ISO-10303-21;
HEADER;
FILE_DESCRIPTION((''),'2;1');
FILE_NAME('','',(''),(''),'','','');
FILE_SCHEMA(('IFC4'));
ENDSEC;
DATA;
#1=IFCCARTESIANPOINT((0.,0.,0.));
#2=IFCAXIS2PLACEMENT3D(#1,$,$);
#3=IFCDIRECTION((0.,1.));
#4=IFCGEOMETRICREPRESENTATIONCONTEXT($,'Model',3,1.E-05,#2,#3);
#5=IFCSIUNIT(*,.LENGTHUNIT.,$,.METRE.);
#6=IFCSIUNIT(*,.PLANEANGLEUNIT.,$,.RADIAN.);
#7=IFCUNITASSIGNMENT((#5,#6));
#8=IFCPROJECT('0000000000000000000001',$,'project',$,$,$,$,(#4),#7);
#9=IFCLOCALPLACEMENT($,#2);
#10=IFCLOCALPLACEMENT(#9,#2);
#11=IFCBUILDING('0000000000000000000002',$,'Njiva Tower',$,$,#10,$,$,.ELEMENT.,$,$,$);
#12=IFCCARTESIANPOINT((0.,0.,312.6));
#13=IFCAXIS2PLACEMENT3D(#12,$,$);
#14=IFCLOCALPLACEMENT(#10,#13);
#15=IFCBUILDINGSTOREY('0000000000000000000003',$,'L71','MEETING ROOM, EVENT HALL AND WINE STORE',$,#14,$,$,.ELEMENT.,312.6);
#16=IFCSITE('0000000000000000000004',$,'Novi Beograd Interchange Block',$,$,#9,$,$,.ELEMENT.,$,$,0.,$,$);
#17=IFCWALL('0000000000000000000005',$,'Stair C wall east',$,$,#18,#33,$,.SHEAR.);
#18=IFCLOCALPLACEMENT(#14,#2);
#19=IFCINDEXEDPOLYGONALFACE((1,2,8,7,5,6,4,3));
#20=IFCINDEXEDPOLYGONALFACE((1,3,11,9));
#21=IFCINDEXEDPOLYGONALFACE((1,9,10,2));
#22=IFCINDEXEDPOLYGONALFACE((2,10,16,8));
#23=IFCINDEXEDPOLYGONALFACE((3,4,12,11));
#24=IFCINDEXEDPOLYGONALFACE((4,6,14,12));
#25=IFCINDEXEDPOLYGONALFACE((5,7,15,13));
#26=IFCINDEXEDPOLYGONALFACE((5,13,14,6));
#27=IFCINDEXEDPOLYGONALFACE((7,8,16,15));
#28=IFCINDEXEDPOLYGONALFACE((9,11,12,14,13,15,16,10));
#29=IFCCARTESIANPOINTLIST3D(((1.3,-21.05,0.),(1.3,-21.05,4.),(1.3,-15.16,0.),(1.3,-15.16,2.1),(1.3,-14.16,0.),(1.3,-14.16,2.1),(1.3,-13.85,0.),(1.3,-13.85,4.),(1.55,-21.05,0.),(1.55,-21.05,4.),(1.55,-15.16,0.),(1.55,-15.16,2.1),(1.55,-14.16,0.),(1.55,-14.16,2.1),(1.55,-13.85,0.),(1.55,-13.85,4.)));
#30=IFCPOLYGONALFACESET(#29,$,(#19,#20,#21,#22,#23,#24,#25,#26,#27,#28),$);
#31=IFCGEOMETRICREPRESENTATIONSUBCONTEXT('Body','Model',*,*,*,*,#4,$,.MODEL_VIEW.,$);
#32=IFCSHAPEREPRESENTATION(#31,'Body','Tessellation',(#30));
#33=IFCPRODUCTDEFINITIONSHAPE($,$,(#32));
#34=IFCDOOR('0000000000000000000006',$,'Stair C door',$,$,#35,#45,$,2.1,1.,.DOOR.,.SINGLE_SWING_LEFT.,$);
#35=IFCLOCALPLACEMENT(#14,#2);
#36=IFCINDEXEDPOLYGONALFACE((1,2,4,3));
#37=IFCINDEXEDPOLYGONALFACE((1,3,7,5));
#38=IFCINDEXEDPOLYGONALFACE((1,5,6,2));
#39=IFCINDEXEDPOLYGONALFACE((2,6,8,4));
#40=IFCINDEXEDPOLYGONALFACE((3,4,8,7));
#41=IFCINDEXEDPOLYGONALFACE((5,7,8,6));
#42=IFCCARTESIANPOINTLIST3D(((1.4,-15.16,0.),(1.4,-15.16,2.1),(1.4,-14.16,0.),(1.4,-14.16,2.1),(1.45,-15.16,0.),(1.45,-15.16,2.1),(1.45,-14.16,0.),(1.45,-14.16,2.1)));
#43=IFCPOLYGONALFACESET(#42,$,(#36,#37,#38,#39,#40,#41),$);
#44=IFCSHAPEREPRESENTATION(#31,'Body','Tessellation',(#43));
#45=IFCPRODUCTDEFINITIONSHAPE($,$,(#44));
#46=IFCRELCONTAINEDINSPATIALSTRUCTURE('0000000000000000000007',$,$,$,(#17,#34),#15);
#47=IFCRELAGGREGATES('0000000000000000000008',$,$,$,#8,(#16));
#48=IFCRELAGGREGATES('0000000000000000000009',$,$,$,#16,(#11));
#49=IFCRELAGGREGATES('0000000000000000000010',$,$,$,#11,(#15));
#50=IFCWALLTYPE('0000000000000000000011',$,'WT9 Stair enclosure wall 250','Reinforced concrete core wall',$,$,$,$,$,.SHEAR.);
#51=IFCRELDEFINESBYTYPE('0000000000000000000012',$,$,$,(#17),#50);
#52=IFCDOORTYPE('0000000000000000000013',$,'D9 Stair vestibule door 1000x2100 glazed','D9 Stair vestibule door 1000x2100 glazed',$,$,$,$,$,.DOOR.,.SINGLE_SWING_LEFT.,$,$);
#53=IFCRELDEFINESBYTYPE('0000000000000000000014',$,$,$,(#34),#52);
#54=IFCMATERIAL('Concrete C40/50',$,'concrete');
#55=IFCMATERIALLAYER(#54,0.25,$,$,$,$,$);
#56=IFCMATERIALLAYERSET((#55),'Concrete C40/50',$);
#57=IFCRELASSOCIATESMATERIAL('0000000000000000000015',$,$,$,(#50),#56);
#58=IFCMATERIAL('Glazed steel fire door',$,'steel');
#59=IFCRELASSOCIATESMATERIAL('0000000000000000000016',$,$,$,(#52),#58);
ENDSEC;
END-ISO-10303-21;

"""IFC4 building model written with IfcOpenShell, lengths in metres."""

from ifc_helpers import new_model, si_unit, direction, frame, frame_2d, origin, place, context, subcontext, project, spatial, rectangle, extrude, material, layer, layer_set, type_object, element, fill, save


model = new_model("IFC4")

# Units and contexts
model_context = context("Model", 3, precision=1e-05, world=origin(), true_north=direction((0.0, 1.0)))
body_context = subcontext(model_context, "Body", "Model", "MODEL_VIEW")
ifc_project = project(units=[si_unit("LENGTHUNIT", "METRE"), si_unit("PLANEANGLEUNIT", "RADIAN")], contexts=[model_context])

# Site, building, storey
site_placement = place(None, origin())
site = spatial("IfcSite", under=ifc_project, at=site_placement, Name="Novi Beograd Interchange Block", CompositionType="ELEMENT", RefElevation=0.0)
building_placement = place(site_placement, origin())
building = spatial("IfcBuilding", under=site, at=building_placement, Name="Njiva Tower", CompositionType="ELEMENT")
storey_placement = place(building_placement, frame((0.0, 0.0, 312.6)))
storey = spatial("IfcBuildingStorey", under=building, at=storey_placement, Name="L71", Description="MEETING ROOM, EVENT HALL AND WINE STORE", CompositionType="ELEMENT", Elevation=312.6)

# Wall, opening, door
ifc_material_1 = material(Name="Concrete C40/50", Category="concrete")
ifc_layer_1 = layer(ifc_material_1, 0.25)
ifc_layer_set_1 = layer_set([ifc_layer_1], Name="Concrete C40/50")
wall_type_1 = type_object("IfcWallType", Name="WT9 Stair enclosure wall 250", Description="Reinforced concrete core wall", PredefinedType="SHEAR", material=ifc_layer_set_1)
wall_1_placement = place(storey_placement, frame((1.425, -21.05, 0.0), z_axis=(0.0, 0.0, 1.0), x_axis=(0.0, 1.0, 0.0)))
wall_1 = element("IfcWall", 1, at=wall_1_placement, inside=storey, type_object=wall_type_1, Name="Stair C wall east", PredefinedType="SHEAR", context=body_context, shape_type="SweptSolid", body=[
    extrude(rectangle(XDim=7.2, YDim=0.25, at=frame_2d((3.6, 0.0))), origin(), (0.0, 0.0, 1.0), 4.0),
])
opening_1_placement = place(wall_1_placement, frame((5.89, 0.0, 0.0)))
opening_1 = element("IfcOpeningElement", 2, at=opening_1_placement, cuts=wall_1, PredefinedType="OPENING", context=body_context, shape_type="SweptSolid", body=[
    extrude(rectangle(XDim=1.0, YDim=2.1, at=frame_2d((0.5, 1.05))), frame((0.0, 0.135, 0.0), z_axis=(0.0, -1.0, 0.0), x_axis=(1.0, 0.0, 0.0)), (0.0, 0.0, 1.0), 0.27),
])
ifc_material_2 = material(Name="Glazed steel fire door", Category="steel")
door_type = type_object("IfcDoorType", Name="D9 Stair vestibule door 1000x2100 glazed", Description="D9 Stair vestibule door 1000x2100 glazed", OperationType="SINGLE_SWING_LEFT", PredefinedType="DOOR", material=ifc_material_2)
door_placement = place(opening_1_placement, origin())
door = element("IfcDoor", 3, at=door_placement, inside=storey, type_object=door_type, Name="Stair C door", OperationType="SINGLE_SWING_LEFT", OverallHeight=2.1, OverallWidth=1.0, PredefinedType="DOOR", context=body_context, shape_type="SweptSolid", body=[
    extrude(rectangle(XDim=1.0, YDim=2.1, at=frame_2d((0.5, 1.05))), frame((0.0, 0.025, 0.0), z_axis=(0.0, -1.0, 0.0), x_axis=(1.0, 0.0, 0.0)), (0.0, 0.0, 1.0), 0.05),
])
fill(opening_1, door)

save(model, "model.ifc")
